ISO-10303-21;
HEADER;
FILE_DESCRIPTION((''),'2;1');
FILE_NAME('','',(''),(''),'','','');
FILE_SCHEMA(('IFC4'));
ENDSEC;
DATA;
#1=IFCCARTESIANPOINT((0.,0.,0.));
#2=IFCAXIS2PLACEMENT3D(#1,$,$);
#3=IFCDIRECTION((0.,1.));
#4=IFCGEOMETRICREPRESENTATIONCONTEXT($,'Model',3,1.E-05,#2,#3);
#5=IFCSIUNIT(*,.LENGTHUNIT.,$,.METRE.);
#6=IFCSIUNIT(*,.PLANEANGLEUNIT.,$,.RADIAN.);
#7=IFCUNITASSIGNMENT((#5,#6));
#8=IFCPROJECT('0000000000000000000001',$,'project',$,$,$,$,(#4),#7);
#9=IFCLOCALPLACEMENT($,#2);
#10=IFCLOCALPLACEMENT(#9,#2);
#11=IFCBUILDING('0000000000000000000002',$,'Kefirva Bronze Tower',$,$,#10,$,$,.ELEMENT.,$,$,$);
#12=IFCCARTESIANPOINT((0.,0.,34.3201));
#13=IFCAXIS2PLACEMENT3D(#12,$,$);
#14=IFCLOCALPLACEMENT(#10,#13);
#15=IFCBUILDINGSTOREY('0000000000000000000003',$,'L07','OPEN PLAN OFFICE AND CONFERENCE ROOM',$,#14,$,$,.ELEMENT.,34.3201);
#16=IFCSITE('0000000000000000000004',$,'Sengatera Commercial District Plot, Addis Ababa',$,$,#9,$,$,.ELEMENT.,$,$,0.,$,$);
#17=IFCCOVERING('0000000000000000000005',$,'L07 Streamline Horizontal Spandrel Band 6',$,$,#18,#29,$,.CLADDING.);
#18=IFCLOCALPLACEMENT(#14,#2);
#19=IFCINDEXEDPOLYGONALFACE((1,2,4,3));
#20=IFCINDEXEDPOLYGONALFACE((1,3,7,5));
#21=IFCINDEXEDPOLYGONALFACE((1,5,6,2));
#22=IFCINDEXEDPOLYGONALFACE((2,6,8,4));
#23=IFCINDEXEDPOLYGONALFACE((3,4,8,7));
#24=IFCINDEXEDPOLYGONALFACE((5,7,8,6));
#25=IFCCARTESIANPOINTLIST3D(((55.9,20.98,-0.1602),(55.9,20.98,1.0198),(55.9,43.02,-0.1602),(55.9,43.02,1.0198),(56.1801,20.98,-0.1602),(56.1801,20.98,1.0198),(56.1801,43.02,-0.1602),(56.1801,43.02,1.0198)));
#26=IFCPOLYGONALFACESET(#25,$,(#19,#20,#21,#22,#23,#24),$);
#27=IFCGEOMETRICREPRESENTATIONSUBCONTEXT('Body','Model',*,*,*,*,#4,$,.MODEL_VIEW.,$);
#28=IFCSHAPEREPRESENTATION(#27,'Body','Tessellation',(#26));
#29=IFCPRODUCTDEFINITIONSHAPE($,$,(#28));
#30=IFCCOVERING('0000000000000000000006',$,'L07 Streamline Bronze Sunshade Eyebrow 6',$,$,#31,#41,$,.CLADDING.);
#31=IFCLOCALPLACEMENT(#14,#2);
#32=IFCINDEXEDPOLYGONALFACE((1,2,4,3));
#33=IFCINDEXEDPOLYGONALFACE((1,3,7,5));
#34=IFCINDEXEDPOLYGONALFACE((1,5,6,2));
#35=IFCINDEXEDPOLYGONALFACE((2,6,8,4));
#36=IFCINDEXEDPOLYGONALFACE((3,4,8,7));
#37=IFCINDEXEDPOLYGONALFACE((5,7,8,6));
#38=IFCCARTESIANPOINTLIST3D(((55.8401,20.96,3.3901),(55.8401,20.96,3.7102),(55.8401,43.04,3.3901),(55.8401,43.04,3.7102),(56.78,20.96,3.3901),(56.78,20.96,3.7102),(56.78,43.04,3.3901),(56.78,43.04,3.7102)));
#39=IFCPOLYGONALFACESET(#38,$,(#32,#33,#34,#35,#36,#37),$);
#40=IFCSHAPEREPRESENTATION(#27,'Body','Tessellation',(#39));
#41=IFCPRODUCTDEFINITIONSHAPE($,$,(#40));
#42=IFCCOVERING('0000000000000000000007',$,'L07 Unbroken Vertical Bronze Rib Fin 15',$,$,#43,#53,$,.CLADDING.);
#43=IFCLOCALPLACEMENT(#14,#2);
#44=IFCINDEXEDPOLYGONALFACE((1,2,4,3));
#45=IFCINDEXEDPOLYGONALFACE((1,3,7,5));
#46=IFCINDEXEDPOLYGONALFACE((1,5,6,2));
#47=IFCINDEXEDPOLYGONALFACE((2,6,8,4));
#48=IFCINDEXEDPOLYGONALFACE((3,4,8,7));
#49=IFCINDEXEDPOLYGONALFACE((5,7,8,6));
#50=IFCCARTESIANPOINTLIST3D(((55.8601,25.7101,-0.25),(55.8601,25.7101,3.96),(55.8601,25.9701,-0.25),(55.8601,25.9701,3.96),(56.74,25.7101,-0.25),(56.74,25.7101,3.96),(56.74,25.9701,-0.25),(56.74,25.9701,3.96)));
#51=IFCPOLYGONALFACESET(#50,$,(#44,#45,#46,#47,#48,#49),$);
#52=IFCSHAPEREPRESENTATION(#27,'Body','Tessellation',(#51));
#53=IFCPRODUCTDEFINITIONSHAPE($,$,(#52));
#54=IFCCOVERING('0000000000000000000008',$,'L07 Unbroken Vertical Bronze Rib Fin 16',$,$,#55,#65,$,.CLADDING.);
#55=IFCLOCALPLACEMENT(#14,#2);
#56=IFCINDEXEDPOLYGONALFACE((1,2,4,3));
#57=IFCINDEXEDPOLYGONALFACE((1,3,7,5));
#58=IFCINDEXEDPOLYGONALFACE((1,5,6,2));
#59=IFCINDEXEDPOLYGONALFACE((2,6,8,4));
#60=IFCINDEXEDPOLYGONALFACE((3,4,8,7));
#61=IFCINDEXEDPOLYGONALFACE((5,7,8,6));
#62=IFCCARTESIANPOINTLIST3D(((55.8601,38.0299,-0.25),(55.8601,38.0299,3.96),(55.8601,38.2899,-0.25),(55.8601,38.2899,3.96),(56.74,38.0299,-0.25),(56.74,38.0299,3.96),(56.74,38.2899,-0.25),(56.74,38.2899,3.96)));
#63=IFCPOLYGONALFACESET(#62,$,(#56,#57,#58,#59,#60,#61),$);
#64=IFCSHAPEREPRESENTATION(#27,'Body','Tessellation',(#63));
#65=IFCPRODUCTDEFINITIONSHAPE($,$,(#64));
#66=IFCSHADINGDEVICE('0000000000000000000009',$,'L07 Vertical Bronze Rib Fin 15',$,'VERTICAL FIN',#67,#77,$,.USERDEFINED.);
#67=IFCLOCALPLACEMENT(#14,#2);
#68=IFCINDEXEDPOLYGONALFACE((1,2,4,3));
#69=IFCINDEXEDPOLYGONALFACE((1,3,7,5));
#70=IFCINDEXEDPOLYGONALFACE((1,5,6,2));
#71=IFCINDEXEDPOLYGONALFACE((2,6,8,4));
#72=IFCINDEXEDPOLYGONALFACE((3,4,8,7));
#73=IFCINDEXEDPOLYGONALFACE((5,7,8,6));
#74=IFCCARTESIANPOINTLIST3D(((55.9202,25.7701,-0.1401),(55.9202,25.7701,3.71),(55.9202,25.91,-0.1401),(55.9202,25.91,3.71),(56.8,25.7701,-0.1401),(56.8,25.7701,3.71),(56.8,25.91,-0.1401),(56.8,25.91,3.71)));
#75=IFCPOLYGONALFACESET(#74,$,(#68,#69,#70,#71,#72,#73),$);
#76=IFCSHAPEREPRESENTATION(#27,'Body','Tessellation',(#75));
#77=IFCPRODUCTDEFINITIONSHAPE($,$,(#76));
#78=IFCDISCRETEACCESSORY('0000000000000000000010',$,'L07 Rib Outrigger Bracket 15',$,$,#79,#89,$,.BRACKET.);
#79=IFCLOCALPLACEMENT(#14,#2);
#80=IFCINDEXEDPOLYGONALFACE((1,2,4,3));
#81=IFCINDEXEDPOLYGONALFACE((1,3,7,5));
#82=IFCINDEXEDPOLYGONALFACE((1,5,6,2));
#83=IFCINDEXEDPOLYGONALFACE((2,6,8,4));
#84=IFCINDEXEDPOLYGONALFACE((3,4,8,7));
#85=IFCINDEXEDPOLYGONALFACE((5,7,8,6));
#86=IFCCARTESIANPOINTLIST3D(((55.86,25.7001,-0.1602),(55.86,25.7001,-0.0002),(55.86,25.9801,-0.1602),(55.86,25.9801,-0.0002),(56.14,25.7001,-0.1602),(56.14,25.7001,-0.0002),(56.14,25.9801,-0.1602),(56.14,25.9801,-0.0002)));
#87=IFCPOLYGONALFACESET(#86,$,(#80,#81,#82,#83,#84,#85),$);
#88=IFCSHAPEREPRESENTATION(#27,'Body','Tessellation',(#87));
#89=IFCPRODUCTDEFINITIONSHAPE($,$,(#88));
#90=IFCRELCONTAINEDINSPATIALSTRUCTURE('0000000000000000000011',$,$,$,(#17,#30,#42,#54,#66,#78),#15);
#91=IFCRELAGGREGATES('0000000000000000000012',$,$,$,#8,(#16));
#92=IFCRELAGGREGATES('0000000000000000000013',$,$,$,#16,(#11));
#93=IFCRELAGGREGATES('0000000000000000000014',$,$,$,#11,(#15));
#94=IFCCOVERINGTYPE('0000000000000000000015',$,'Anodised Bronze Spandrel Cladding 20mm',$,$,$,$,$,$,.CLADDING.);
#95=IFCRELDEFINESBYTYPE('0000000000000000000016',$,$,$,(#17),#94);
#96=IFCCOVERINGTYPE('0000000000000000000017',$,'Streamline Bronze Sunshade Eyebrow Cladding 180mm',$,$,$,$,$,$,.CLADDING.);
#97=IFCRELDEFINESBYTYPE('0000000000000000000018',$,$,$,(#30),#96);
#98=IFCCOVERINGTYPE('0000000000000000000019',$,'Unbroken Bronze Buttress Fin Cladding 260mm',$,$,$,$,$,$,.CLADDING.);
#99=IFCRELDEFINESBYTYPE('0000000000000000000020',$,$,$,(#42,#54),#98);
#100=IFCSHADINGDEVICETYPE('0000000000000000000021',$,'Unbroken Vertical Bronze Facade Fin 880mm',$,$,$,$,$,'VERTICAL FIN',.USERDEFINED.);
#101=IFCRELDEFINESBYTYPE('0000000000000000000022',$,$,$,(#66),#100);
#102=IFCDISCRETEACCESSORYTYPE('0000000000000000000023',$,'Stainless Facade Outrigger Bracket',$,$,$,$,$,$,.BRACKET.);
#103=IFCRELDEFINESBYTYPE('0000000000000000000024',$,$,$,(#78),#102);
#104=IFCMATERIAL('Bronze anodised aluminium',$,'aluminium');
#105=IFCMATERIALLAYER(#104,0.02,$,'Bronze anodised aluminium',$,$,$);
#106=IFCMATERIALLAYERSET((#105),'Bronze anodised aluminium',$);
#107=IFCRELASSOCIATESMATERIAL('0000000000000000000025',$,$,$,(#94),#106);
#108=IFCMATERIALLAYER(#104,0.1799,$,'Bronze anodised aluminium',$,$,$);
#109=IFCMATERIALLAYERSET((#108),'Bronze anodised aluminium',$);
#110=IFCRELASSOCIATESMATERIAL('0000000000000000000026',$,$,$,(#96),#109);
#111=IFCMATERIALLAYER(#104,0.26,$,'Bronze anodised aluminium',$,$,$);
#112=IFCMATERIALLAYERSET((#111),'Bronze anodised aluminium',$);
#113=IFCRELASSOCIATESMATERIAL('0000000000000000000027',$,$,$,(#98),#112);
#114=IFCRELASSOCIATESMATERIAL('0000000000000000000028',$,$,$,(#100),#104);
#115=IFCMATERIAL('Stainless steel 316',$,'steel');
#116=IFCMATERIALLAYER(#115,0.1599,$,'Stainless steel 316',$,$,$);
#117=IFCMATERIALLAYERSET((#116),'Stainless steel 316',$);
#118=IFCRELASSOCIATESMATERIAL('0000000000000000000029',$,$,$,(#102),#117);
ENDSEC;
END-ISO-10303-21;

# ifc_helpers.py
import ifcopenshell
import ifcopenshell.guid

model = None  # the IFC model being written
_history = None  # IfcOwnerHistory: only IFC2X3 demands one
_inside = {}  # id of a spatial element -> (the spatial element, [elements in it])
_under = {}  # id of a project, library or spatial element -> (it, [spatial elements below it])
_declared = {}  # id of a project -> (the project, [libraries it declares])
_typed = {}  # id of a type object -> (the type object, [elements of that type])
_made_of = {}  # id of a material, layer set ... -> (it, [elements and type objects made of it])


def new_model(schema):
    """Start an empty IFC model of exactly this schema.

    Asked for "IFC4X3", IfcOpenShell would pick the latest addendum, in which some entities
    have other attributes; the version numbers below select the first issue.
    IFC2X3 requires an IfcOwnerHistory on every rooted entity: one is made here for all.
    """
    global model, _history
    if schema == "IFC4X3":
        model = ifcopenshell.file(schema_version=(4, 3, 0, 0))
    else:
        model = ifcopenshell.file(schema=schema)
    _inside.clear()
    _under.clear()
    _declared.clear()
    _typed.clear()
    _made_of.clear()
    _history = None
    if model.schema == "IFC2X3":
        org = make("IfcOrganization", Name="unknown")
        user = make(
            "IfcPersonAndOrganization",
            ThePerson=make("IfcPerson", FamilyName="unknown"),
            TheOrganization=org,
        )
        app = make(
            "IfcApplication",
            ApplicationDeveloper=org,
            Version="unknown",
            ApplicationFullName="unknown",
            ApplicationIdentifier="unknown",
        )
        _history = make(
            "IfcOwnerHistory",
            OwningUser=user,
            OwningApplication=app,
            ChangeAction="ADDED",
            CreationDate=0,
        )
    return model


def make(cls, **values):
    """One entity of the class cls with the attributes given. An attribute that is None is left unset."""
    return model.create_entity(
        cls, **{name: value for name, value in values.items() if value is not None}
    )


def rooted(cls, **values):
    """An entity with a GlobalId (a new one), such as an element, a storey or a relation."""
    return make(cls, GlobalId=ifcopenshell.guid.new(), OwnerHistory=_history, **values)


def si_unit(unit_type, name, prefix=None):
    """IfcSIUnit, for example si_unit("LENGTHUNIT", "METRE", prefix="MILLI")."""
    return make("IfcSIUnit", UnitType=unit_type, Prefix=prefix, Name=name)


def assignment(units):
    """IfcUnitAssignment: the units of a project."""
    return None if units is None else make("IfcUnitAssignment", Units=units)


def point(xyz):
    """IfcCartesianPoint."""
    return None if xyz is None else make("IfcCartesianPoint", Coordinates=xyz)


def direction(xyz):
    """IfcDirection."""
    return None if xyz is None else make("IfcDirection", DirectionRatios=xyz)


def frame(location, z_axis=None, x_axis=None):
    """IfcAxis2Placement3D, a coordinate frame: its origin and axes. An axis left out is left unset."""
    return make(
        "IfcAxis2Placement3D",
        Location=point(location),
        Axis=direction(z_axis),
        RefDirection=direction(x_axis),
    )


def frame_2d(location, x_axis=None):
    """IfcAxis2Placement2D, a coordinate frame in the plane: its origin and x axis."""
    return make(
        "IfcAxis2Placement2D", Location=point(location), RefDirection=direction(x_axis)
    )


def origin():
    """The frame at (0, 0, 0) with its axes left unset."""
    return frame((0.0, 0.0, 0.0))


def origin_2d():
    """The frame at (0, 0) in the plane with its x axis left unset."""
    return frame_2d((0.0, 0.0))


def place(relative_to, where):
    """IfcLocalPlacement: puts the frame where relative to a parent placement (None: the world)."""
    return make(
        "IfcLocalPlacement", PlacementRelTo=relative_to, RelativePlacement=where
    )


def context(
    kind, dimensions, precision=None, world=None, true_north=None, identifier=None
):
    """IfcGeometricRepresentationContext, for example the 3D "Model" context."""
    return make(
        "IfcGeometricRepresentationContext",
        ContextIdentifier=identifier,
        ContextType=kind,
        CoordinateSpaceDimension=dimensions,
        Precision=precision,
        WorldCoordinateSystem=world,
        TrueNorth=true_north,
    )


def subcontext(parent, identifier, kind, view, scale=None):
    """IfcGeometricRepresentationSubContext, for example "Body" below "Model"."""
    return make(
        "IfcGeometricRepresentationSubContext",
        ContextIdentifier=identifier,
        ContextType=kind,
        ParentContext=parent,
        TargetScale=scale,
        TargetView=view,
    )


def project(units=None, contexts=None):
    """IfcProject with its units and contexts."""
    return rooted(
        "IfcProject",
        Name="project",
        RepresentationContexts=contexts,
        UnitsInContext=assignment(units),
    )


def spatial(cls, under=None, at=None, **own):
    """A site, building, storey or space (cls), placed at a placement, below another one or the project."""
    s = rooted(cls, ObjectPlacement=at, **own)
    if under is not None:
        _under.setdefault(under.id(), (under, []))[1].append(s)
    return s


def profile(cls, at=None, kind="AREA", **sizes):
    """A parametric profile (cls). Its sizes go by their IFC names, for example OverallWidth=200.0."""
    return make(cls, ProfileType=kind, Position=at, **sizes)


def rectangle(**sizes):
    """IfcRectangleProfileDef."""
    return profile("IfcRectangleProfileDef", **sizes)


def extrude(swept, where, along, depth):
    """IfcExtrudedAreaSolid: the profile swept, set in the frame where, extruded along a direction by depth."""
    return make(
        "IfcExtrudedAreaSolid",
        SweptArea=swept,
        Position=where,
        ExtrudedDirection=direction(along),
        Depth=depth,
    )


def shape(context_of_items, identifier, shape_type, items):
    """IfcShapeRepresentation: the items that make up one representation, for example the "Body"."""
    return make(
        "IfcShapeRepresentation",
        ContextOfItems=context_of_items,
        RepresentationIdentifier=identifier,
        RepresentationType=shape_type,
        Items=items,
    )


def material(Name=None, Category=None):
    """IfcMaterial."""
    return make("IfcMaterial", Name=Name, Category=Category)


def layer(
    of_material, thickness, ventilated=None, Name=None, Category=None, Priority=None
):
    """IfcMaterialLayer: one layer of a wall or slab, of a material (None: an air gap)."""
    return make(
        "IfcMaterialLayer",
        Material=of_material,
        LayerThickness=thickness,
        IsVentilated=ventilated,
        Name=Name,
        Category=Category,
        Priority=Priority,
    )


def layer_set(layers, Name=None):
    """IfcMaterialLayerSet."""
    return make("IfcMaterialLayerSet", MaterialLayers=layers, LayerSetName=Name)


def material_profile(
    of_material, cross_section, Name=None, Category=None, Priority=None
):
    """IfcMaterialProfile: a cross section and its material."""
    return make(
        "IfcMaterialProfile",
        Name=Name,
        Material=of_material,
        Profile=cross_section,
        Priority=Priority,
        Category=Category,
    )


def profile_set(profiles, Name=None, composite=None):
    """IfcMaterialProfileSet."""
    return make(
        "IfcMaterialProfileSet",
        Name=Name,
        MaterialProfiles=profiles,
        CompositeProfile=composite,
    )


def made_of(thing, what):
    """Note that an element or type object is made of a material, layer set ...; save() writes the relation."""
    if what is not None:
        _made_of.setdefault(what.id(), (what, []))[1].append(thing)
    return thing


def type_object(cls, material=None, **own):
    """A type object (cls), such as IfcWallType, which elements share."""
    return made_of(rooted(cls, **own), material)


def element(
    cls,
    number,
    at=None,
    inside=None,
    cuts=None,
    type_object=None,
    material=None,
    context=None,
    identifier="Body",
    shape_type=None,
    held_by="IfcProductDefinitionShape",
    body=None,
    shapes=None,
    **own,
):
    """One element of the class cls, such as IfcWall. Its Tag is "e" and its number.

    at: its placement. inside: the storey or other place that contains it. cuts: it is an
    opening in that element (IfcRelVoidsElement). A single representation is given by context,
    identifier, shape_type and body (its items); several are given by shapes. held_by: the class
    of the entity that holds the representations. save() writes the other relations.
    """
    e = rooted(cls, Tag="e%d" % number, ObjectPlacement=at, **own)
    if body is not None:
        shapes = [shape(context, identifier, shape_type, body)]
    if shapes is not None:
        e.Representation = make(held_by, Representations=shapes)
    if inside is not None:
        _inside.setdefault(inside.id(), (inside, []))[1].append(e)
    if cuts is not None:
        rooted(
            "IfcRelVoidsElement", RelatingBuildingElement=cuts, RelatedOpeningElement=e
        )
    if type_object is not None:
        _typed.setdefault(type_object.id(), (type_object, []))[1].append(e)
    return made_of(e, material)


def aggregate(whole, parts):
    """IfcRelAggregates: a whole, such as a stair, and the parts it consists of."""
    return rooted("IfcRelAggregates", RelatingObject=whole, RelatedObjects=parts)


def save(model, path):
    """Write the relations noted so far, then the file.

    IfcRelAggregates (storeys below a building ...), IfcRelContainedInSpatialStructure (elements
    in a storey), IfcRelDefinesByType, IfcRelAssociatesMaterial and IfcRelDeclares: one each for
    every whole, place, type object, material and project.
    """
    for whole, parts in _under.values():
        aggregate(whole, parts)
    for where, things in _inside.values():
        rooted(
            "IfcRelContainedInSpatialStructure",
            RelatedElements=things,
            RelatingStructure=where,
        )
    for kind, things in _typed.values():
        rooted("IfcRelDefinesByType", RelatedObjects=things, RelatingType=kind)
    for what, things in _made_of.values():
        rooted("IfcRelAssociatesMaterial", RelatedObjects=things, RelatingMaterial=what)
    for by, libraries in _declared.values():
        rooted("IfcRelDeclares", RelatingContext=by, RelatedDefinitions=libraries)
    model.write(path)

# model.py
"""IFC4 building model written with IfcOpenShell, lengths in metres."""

from ifc_helpers import new_model, si_unit, direction, frame, origin, origin_2d, place, context, subcontext, project, spatial, rectangle, extrude, material, layer, layer_set, material_profile, profile_set, type_object, element, save


model = new_model("IFC4")

# Units and contexts
model_context = context("Model", 3, precision=1e-05, world=origin(), true_north=direction((0.0, 1.0)))
body_context = subcontext(model_context, "Body", "Model", "MODEL_VIEW")
ifc_project = project(units=[si_unit("LENGTHUNIT", "METRE"), si_unit("PLANEANGLEUNIT", "RADIAN")], contexts=[model_context])

# Site, building, storey
site_placement = place(None, origin())
site = spatial("IfcSite", under=ifc_project, at=site_placement, Name="Sengatera Commercial District Plot, Addis Ababa", CompositionType="ELEMENT", RefElevation=0.0)
building_placement = place(site_placement, origin())
building = spatial("IfcBuilding", under=site, at=building_placement, Name="Kefirva Bronze Tower", CompositionType="ELEMENT")
storey_placement = place(building_placement, frame((0.0, 0.0, 34.3201)))
storey = spatial("IfcBuildingStorey", under=building, at=storey_placement, Name="L07", Description="OPEN PLAN OFFICE AND CONFERENCE ROOM", CompositionType="ELEMENT", Elevation=34.3201)

# Shared definitions
ifc_material_1 = material(Name="Bronze anodised aluminium", Category="aluminium")

# Coverings
ifc_layer_1 = layer(ifc_material_1, 0.02, Name="Bronze anodised aluminium")
ifc_layer_set_1 = layer_set([ifc_layer_1], Name="Bronze anodised aluminium")
covering_type_1 = type_object("IfcCoveringType", Name="Anodised Bronze Spandrel Cladding 20mm", PredefinedType="CLADDING", material=ifc_layer_set_1)
covering_1_placement = place(storey_placement, frame((56.04, 32.0, -0.1602), z_axis=(0.0, 0.0, 1.0), x_axis=(0.0, 1.0, 0.0)))
element("IfcCovering", 1, at=covering_1_placement, inside=storey, type_object=covering_type_1, Name="L07 Streamline Horizontal Spandrel Band 6", PredefinedType="CLADDING", context=body_context, shape_type="SweptSolid", body=[
    extrude(rectangle(XDim=22.04, YDim=0.28, at=origin_2d()), origin(), (0.0, 0.0, 1.0), 1.1799),
])
ifc_layer_2 = layer(ifc_material_1, 0.1799, Name="Bronze anodised aluminium")
ifc_layer_set_2 = layer_set([ifc_layer_2], Name="Bronze anodised aluminium")
covering_type_2 = type_object("IfcCoveringType", Name="Streamline Bronze Sunshade Eyebrow Cladding 180mm", PredefinedType="CLADDING", material=ifc_layer_set_2)
covering_2_placement = place(storey_placement, frame((56.3101, 32.0, 3.3901), z_axis=(0.0, 0.0, 1.0), x_axis=(0.0, 1.0, 0.0)))
element("IfcCovering", 2, at=covering_2_placement, inside=storey, type_object=covering_type_2, Name="L07 Streamline Bronze Sunshade Eyebrow 6", PredefinedType="CLADDING", context=body_context, shape_type="SweptSolid", body=[
    extrude(rectangle(XDim=22.0801, YDim=0.9399, at=origin_2d()), origin(), (0.0, 0.0, 1.0), 0.3201),
])
ifc_layer_3 = layer(ifc_material_1, 0.26, Name="Bronze anodised aluminium")
ifc_layer_set_3 = layer_set([ifc_layer_3], Name="Bronze anodised aluminium")
covering_type_3 = type_object("IfcCoveringType", Name="Unbroken Bronze Buttress Fin Cladding 260mm", PredefinedType="CLADDING", material=ifc_layer_set_3)
for number, where, z_axis, x_axis, name in (
    (3, (56.3, 25.8401, -0.25), (0.0, 0.0, 1.0), (0.0, 1.0, 0.0), "L07 Unbroken Vertical Bronze Rib Fin 15"),
    (4, (56.3, 38.1599, -0.25), (0.0, 0.0, 1.0), (0.0, 1.0, 0.0), "L07 Unbroken Vertical Bronze Rib Fin 16"),
):
    element("IfcCovering", number, at=place(storey_placement, frame(where, z_axis=z_axis, x_axis=x_axis)), inside=storey, type_object=covering_type_3, Name=name, PredefinedType="CLADDING", context=body_context, shape_type="SweptSolid", body=[
        extrude(rectangle(XDim=0.26, YDim=0.8799, at=origin_2d()), origin(), (0.0, 0.0, 1.0), 4.21),
    ])

# Shading device
ifc_material_profile_1 = material_profile(ifc_material_1, rectangle(XDim=0.1399, YDim=0.8799, at=origin_2d()), Name="BRONZE FIN 140x880")
ifc_profile_set_1 = profile_set([ifc_material_profile_1], Name="Bronze anodised aluminium")
shading_device_type = type_object("IfcShadingDeviceType", Name="Unbroken Vertical Bronze Facade Fin 880mm", ElementType="VERTICAL FIN", PredefinedType="USERDEFINED", material=ifc_profile_set_1)
shading_device_placement = place(storey_placement, frame((56.3601, 25.8401, -0.1401), z_axis=(0.0, 0.0, 1.0), x_axis=(0.0, 1.0, 0.0)))
element("IfcShadingDevice", 5, at=shading_device_placement, inside=storey, type_object=shading_device_type, Name="L07 Vertical Bronze Rib Fin 15", ObjectType="VERTICAL FIN", PredefinedType="USERDEFINED", context=body_context, shape_type="SweptSolid", body=[
    extrude(rectangle(XDim=0.1399, YDim=0.8799, at=origin_2d()), origin(), (0.0, 0.0, 1.0), 3.8501),
])

# Discrete accessory
ifc_material_2 = material(Name="Stainless steel 316", Category="steel")
ifc_layer_4 = layer(ifc_material_2, 0.1599, Name="Stainless steel 316")
ifc_layer_set_4 = layer_set([ifc_layer_4], Name="Stainless steel 316")
discrete_accessory_type = type_object("IfcDiscreteAccessoryType", Name="Stainless Facade Outrigger Bracket", PredefinedType="BRACKET", material=ifc_layer_set_4)
discrete_accessory_placement = place(storey_placement, frame((56.0, 25.8401, -0.1602), z_axis=(0.0, 0.0, 1.0), x_axis=(0.0, 1.0, 0.0)))
element("IfcDiscreteAccessory", 6, at=discrete_accessory_placement, inside=storey, type_object=discrete_accessory_type, Name="L07 Rib Outrigger Bracket 15", PredefinedType="BRACKET", context=body_context, shape_type="SweptSolid", body=[
    extrude(rectangle(XDim=0.28, YDim=0.28, at=origin_2d()), origin(), (0.0, 0.0, 1.0), 0.1599),
])

save(model, "model.ifc")
